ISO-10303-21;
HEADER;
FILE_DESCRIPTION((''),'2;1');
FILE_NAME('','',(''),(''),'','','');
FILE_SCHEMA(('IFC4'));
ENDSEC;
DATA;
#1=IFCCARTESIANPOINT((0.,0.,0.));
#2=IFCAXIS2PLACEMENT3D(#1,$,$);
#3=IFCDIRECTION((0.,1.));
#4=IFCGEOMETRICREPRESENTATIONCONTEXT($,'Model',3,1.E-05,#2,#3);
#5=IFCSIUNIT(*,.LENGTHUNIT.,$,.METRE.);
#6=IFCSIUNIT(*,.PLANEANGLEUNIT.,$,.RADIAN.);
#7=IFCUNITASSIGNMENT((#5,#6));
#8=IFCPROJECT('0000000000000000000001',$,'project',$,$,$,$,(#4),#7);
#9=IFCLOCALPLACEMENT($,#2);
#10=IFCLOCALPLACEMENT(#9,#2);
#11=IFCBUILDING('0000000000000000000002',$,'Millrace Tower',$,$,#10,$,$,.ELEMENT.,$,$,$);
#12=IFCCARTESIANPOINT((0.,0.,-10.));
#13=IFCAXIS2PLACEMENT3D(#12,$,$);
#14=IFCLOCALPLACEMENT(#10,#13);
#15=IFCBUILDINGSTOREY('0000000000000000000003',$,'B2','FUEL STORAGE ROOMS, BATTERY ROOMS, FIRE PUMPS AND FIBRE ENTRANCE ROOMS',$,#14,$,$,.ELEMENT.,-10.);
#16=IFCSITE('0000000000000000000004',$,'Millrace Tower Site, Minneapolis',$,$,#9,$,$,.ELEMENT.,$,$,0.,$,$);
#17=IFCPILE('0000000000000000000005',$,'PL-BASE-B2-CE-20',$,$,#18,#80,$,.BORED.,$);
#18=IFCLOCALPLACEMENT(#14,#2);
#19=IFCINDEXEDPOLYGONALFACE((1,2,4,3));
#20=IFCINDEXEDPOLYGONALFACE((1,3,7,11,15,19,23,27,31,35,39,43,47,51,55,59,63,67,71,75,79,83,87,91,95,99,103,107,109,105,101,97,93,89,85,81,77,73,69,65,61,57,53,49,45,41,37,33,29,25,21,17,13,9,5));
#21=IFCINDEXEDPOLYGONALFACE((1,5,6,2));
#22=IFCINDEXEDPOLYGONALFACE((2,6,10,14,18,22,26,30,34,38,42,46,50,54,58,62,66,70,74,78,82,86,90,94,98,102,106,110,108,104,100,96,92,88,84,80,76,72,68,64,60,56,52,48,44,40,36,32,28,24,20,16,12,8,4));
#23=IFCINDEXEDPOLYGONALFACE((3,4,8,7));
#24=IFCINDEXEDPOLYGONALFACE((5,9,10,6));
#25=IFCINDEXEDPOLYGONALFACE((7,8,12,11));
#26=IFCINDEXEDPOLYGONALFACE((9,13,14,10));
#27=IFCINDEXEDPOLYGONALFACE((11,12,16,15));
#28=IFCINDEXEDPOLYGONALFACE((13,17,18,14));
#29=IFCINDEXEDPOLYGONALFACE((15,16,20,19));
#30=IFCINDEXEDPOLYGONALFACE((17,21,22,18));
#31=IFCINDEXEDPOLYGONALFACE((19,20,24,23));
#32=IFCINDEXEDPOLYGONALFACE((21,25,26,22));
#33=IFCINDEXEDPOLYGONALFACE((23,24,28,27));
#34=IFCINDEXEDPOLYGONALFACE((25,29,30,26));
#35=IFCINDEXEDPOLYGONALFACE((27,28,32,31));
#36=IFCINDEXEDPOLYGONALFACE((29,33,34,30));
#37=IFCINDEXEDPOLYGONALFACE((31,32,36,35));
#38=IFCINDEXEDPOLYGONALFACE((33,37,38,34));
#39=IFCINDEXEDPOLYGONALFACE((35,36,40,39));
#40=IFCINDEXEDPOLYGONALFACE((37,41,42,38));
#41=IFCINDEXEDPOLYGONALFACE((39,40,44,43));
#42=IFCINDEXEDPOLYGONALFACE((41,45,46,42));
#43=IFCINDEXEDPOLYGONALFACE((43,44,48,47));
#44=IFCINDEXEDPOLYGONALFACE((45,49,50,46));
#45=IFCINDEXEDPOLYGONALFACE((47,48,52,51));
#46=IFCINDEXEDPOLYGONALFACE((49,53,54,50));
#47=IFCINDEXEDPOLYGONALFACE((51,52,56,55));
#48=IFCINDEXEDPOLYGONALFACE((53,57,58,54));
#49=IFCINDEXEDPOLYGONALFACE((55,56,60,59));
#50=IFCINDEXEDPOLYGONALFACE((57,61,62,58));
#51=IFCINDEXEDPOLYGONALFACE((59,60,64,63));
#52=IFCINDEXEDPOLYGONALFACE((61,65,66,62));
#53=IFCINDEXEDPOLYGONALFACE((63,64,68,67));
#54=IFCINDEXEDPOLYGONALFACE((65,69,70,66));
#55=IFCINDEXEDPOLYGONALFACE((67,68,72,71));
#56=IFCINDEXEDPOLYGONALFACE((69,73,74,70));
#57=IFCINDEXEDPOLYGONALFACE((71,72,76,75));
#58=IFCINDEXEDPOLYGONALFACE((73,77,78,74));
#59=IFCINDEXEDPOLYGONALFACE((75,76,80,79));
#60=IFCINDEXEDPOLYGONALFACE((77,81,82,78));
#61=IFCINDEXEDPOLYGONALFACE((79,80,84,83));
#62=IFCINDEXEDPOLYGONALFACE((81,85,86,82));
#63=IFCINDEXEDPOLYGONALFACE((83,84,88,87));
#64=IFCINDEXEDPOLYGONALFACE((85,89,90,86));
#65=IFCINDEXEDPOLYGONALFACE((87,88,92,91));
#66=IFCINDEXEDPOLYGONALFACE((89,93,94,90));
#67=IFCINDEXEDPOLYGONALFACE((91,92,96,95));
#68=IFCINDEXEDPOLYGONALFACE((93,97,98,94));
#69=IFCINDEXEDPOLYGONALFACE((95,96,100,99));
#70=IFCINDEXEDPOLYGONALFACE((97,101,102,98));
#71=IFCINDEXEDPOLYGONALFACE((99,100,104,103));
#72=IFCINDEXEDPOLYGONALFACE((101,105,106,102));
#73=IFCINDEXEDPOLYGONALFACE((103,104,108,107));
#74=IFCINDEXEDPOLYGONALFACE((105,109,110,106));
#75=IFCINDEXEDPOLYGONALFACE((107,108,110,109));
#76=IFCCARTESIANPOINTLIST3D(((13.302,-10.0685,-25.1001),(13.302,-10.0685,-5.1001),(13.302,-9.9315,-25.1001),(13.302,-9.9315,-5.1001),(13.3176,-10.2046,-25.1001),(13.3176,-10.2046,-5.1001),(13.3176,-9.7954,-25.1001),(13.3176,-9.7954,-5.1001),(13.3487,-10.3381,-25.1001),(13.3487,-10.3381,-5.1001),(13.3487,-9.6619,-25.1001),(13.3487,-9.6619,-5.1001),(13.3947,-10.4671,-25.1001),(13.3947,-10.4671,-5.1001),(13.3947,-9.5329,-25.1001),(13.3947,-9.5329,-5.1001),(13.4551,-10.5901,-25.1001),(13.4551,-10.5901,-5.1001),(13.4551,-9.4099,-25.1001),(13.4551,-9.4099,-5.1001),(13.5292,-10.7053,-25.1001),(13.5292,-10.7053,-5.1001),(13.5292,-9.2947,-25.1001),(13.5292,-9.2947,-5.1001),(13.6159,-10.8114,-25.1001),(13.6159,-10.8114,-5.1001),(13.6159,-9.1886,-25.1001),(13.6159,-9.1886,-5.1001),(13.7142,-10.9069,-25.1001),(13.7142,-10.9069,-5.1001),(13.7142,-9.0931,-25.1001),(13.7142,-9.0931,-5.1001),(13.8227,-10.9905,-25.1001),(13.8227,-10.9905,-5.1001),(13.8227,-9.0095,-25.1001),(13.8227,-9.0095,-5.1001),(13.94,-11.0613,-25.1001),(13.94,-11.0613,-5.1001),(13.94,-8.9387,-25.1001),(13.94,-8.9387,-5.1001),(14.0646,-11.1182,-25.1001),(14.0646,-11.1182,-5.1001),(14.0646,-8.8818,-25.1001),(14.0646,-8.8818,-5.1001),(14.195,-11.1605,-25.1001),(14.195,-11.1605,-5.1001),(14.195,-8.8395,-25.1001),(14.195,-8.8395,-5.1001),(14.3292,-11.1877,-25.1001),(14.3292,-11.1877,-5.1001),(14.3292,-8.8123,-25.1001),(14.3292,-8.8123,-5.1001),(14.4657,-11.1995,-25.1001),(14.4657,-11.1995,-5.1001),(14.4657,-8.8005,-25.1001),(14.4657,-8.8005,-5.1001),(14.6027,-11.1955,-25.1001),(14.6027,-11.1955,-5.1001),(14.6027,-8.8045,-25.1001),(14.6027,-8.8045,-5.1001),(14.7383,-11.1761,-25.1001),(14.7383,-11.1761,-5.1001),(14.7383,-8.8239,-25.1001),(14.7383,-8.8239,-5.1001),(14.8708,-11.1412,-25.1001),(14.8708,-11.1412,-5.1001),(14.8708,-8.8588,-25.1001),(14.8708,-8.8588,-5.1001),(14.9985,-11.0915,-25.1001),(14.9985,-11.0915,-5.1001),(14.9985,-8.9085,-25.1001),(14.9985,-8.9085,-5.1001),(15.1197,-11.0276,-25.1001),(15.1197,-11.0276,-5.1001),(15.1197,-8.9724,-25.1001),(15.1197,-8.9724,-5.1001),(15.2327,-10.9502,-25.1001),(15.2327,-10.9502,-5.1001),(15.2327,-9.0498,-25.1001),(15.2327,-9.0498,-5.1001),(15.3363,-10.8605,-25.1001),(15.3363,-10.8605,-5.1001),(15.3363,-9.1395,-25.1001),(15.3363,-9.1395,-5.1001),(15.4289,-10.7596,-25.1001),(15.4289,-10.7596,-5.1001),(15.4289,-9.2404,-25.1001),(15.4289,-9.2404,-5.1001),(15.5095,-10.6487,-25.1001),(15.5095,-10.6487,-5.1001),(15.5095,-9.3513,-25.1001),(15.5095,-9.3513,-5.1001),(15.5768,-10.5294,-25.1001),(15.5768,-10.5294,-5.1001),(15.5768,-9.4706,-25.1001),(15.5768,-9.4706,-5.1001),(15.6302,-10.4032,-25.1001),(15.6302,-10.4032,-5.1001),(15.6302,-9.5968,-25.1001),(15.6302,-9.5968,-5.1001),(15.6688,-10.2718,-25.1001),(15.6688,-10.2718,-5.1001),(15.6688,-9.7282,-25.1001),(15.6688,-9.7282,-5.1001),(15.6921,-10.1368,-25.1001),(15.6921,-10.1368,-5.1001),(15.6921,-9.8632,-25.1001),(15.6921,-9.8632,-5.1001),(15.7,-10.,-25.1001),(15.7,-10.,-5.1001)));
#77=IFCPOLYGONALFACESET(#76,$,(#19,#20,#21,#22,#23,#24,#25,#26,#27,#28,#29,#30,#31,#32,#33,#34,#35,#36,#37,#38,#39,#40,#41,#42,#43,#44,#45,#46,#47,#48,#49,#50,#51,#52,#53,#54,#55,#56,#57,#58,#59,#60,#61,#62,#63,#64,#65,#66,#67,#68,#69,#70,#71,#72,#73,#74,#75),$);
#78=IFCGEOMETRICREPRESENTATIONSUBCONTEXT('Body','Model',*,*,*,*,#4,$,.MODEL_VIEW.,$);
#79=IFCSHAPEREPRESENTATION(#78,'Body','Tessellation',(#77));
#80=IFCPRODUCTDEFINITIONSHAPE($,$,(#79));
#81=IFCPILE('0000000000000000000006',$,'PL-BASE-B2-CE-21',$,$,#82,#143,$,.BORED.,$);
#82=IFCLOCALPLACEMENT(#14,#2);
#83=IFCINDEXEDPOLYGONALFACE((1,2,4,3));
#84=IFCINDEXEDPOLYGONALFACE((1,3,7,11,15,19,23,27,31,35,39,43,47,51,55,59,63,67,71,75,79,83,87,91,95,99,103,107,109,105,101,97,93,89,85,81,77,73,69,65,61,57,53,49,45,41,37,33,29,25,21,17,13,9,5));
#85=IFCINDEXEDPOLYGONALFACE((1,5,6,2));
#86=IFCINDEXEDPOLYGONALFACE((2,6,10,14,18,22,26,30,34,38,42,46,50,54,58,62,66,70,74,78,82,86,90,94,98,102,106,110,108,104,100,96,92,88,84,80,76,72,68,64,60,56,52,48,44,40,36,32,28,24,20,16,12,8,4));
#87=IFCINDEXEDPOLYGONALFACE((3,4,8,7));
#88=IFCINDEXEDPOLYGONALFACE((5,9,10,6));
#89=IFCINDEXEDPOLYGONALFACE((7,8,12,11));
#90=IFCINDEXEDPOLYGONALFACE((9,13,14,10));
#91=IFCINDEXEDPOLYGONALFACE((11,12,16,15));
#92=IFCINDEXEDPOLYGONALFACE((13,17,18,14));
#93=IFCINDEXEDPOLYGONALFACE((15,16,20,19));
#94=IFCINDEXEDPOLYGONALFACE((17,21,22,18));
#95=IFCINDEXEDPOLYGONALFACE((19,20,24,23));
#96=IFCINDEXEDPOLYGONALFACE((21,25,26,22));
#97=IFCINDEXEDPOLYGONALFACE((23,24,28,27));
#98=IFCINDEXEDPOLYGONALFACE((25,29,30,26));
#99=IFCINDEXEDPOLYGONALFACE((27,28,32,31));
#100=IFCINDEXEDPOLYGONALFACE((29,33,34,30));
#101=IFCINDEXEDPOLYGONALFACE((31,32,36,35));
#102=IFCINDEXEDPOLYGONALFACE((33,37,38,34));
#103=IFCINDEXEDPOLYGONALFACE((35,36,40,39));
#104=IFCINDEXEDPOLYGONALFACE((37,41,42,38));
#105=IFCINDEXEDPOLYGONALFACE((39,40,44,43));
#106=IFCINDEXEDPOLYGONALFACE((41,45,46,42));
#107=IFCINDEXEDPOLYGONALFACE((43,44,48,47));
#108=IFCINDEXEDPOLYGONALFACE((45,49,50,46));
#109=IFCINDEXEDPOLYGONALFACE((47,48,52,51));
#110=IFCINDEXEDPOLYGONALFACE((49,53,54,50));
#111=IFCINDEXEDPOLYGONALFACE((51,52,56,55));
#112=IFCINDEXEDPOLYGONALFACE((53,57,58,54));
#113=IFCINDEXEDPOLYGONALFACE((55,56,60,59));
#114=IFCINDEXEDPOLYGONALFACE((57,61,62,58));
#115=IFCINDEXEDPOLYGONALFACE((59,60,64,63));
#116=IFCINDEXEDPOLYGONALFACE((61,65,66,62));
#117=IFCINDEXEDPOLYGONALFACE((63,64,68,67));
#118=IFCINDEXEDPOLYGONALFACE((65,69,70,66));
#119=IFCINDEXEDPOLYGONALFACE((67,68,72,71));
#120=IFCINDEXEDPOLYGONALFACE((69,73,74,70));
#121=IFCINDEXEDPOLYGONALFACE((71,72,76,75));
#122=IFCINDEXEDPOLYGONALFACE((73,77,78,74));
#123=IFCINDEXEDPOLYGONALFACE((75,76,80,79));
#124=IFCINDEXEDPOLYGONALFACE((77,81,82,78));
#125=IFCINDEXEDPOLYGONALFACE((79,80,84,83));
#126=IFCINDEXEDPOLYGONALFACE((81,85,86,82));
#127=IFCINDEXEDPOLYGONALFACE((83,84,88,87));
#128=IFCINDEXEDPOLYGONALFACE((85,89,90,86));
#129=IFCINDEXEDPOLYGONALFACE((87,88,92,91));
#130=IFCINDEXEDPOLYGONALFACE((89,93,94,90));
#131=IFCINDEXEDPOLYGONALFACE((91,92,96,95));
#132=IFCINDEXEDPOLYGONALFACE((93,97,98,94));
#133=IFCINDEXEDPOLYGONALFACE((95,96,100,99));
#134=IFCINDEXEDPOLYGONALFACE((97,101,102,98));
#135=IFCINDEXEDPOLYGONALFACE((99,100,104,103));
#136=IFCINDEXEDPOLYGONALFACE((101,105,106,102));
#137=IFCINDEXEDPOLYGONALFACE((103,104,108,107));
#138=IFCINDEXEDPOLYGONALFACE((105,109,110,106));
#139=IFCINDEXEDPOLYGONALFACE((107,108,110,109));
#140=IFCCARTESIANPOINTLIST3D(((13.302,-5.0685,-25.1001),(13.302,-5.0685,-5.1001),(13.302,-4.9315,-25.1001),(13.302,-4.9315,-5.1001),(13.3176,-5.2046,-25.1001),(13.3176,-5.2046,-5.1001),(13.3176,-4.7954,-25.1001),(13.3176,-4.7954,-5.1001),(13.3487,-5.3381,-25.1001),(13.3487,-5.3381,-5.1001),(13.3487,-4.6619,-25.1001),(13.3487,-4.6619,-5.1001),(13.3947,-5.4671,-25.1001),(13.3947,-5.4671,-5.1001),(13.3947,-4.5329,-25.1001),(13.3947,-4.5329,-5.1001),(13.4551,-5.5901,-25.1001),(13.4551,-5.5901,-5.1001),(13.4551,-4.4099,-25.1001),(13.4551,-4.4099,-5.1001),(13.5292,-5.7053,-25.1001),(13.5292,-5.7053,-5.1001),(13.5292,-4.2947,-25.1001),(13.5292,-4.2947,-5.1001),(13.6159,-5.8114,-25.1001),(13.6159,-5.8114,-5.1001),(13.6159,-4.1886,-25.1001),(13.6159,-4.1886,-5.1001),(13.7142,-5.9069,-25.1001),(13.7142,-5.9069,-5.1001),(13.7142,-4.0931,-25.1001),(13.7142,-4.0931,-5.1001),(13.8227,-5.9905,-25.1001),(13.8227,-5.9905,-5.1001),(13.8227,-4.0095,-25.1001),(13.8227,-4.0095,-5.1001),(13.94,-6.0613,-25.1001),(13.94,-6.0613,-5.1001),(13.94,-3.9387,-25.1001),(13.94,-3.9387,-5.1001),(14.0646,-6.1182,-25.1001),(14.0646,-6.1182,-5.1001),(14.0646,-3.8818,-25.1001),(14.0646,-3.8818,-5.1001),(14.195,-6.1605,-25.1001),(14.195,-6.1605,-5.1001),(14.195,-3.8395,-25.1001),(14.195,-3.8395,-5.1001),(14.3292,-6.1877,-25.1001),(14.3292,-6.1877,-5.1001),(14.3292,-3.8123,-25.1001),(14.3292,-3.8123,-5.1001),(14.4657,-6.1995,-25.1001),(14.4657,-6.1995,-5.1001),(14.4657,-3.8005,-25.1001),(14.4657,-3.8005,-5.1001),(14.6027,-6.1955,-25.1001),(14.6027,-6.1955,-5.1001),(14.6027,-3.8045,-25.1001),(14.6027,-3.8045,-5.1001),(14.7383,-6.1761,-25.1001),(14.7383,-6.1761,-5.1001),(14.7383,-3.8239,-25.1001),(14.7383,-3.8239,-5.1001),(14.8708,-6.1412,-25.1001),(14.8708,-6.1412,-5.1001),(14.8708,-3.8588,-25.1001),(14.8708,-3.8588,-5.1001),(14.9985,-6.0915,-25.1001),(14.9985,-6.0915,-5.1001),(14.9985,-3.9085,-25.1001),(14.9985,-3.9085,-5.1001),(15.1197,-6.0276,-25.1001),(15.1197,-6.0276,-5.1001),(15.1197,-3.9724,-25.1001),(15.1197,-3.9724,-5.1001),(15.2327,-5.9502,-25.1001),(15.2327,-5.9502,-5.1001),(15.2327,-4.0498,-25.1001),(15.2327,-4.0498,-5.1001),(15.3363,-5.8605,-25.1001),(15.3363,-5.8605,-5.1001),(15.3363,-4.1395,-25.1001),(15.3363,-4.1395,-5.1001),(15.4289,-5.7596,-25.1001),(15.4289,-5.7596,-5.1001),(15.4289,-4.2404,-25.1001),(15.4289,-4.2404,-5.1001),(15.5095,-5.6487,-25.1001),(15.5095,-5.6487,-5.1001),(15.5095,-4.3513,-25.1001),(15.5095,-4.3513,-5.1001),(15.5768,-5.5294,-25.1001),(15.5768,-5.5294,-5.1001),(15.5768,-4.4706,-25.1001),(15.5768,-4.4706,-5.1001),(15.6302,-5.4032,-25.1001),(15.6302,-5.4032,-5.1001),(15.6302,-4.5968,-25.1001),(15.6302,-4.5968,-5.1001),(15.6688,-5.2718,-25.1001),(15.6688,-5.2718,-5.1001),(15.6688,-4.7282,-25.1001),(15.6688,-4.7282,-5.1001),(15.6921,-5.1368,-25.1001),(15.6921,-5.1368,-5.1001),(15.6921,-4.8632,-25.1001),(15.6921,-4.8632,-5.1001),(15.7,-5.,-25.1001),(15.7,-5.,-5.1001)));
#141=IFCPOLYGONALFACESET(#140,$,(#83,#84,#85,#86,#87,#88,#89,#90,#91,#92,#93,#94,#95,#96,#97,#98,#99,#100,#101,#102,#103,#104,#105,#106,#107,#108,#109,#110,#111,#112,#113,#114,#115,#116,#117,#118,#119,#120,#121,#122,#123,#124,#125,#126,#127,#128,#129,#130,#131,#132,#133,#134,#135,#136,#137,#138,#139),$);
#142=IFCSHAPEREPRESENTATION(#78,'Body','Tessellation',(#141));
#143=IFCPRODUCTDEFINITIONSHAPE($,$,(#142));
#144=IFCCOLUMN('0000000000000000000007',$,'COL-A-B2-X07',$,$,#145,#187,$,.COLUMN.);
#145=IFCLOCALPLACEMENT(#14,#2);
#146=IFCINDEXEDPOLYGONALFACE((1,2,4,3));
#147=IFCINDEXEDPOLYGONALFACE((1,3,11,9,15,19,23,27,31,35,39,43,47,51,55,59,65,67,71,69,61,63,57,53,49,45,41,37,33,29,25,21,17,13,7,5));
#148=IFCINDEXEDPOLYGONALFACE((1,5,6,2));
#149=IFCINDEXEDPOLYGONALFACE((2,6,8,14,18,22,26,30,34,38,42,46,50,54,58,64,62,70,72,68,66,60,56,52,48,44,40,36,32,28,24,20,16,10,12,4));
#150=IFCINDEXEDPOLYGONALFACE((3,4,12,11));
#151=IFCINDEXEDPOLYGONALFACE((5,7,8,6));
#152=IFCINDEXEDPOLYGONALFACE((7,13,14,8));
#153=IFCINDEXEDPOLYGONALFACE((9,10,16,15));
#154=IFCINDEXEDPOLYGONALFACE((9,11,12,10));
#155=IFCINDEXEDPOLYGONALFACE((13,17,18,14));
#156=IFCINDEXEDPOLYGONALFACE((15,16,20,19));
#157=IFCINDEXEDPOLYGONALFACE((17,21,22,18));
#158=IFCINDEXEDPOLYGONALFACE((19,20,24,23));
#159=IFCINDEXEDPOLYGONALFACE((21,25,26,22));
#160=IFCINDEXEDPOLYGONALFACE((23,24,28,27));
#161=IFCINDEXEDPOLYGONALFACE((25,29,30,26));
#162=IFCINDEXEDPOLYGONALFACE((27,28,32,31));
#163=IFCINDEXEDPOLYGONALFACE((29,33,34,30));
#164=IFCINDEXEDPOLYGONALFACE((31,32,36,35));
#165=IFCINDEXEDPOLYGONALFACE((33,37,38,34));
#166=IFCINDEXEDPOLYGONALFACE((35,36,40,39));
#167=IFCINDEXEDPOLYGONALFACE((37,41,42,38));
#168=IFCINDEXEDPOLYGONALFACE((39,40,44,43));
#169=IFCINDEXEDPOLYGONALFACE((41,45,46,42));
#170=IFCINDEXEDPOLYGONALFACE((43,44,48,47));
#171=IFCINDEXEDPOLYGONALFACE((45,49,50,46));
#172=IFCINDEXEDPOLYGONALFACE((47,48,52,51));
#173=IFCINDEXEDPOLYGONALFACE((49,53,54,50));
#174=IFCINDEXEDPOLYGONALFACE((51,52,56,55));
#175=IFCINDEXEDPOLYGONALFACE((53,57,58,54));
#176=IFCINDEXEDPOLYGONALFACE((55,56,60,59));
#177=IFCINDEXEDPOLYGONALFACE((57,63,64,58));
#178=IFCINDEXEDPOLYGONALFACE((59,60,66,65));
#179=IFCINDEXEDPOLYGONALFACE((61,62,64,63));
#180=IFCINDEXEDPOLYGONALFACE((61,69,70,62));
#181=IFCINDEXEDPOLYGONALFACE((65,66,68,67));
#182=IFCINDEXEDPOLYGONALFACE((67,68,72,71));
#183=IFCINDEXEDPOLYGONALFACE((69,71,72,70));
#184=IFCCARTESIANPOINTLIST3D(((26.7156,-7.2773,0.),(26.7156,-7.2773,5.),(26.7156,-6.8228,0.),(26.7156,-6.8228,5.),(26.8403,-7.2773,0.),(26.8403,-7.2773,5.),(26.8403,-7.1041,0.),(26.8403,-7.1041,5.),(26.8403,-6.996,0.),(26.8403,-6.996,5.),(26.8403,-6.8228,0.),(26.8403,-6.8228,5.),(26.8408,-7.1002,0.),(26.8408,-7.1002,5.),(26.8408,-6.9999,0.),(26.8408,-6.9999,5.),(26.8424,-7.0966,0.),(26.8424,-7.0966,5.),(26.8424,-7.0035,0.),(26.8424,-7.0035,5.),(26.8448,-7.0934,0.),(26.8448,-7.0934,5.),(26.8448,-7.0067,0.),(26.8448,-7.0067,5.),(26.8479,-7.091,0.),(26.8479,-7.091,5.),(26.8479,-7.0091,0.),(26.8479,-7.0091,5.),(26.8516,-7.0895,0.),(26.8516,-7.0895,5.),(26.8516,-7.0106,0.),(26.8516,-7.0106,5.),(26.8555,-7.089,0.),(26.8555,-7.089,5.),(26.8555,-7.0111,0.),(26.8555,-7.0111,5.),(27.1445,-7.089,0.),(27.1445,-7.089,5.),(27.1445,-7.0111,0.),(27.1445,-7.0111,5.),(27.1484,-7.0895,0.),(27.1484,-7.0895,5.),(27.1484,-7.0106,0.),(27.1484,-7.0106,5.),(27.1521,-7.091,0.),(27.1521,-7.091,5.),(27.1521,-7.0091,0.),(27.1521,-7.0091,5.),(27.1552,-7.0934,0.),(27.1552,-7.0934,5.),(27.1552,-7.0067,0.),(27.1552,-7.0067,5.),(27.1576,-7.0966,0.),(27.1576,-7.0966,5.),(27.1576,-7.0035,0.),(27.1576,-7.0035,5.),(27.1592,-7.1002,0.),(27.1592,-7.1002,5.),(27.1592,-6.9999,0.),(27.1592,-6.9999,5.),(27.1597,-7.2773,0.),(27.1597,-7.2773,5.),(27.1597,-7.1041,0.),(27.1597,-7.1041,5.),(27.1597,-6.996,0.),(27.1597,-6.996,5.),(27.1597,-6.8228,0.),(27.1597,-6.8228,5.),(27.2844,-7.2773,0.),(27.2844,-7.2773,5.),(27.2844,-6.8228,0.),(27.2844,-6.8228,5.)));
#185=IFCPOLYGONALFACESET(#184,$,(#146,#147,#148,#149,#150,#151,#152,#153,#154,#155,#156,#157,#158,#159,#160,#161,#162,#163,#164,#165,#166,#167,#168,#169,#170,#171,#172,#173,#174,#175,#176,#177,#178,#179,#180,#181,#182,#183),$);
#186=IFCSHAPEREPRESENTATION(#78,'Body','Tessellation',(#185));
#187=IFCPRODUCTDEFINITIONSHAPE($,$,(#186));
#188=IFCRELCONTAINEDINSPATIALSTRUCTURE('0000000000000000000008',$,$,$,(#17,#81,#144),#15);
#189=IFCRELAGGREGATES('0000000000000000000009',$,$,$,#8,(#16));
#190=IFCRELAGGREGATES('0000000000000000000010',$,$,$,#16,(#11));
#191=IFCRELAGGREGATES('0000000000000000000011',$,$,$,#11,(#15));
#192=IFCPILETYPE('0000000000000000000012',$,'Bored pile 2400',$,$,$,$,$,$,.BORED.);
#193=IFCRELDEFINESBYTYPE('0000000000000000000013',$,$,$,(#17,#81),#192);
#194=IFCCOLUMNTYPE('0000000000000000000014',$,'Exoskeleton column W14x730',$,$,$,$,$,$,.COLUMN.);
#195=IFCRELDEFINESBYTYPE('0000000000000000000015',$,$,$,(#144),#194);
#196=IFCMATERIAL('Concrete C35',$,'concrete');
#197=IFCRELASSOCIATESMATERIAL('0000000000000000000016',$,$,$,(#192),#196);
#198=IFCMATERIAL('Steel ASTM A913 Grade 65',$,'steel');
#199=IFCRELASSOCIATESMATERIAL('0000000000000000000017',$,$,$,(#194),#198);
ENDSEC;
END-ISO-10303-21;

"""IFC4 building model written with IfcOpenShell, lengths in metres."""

from ifc_helpers import new_model, si_unit, direction, frame, origin, origin_2d, place, context, subcontext, project, spatial, circle, i_section, extrude, material, material_profile, profile_set, type_object, element, save


model = new_model("IFC4")

# Units and contexts
model_context = context("Model", 3, precision=1e-05, world=origin(), true_north=direction((0.0, 1.0)))
body_context = subcontext(model_context, "Body", "Model", "MODEL_VIEW")
ifc_project = project(units=[si_unit("LENGTHUNIT", "METRE"), si_unit("PLANEANGLEUNIT", "RADIAN")], contexts=[model_context])

# Site, building, storey
site_placement = place(None, origin())
site = spatial("IfcSite", under=ifc_project, at=site_placement, Name="Millrace Tower Site, Minneapolis", CompositionType="ELEMENT", RefElevation=0.0)
building_placement = place(site_placement, origin())
building = spatial("IfcBuilding", under=site, at=building_placement, Name="Millrace Tower", CompositionType="ELEMENT")
storey_placement = place(building_placement, frame((0.0, 0.0, -10.0)))
storey = spatial("IfcBuildingStorey", under=building, at=storey_placement, Name="B2", Description="FUEL STORAGE ROOMS, BATTERY ROOMS, FIRE PUMPS AND FIBRE ENTRANCE ROOMS", CompositionType="ELEMENT", Elevation=-10.0)

# Piles
ifc_material_1 = material(Name="Concrete C35", Category="concrete")
ifc_material_profile_1 = material_profile(ifc_material_1, circle(Radius=1.2, at=origin_2d()))
ifc_profile_set_1 = profile_set([ifc_material_profile_1], Name="Concrete C35")
pile_type = type_object("IfcPileType", Name="Bored pile 2400", PredefinedType="BORED", material=ifc_profile_set_1)
for number, where, z_axis, x_axis, name in (
    (1, (14.5, -10.0, -5.1001), (0.0, 0.0, -1.0), (1.0, 0.0, 0.0), "PL-BASE-B2-CE-20"),
    (2, (14.5, -5.0, -5.1001), (0.0, 0.0, -1.0), (1.0, 0.0, 0.0), "PL-BASE-B2-CE-21"),
):
    element("IfcPile", number, at=place(storey_placement, frame(where, z_axis=z_axis, x_axis=x_axis)), inside=storey, type_object=pile_type, Name=name, PredefinedType="BORED", context=body_context, shape_type="SweptSolid", body=[
        extrude(circle(Radius=1.2, at=origin_2d()), origin(), (0.0, 0.0, 1.0), 20.0),
    ])

# Column
ifc_material_2 = material(Name="Steel ASTM A913 Grade 65", Category="steel")
ifc_material_profile_2 = material_profile(ifc_material_2, i_section(OverallWidth=0.4546, OverallDepth=0.5688, WebThickness=0.0779, FlangeThickness=0.1248, FilletRadius=0.0151, at=origin_2d()))
ifc_profile_set_2 = profile_set([ifc_material_profile_2], Name="Steel ASTM A913 Grade 65")
column_type_1 = type_object("IfcColumnType", Name="Exoskeleton column W14x730", PredefinedType="COLUMN", material=ifc_profile_set_2)
placement = place(storey_placement, frame((27.0, -7.05, 0.0), z_axis=(0.0, 0.0, 1.0), x_axis=(0.0, 1.0, 0.0)))
element("IfcColumn", 3, at=placement, inside=storey, type_object=column_type_1, Name="COL-A-B2-X07", PredefinedType="COLUMN", context=body_context, shape_type="SweptSolid", body=[
    extrude(i_section(OverallWidth=0.4546, OverallDepth=0.5688, WebThickness=0.0779, FlangeThickness=0.1248, FilletRadius=0.0151, at=origin_2d()), origin(), (0.0, 0.0, 1.0), 5.0),
])

save(model, "model.ifc")
